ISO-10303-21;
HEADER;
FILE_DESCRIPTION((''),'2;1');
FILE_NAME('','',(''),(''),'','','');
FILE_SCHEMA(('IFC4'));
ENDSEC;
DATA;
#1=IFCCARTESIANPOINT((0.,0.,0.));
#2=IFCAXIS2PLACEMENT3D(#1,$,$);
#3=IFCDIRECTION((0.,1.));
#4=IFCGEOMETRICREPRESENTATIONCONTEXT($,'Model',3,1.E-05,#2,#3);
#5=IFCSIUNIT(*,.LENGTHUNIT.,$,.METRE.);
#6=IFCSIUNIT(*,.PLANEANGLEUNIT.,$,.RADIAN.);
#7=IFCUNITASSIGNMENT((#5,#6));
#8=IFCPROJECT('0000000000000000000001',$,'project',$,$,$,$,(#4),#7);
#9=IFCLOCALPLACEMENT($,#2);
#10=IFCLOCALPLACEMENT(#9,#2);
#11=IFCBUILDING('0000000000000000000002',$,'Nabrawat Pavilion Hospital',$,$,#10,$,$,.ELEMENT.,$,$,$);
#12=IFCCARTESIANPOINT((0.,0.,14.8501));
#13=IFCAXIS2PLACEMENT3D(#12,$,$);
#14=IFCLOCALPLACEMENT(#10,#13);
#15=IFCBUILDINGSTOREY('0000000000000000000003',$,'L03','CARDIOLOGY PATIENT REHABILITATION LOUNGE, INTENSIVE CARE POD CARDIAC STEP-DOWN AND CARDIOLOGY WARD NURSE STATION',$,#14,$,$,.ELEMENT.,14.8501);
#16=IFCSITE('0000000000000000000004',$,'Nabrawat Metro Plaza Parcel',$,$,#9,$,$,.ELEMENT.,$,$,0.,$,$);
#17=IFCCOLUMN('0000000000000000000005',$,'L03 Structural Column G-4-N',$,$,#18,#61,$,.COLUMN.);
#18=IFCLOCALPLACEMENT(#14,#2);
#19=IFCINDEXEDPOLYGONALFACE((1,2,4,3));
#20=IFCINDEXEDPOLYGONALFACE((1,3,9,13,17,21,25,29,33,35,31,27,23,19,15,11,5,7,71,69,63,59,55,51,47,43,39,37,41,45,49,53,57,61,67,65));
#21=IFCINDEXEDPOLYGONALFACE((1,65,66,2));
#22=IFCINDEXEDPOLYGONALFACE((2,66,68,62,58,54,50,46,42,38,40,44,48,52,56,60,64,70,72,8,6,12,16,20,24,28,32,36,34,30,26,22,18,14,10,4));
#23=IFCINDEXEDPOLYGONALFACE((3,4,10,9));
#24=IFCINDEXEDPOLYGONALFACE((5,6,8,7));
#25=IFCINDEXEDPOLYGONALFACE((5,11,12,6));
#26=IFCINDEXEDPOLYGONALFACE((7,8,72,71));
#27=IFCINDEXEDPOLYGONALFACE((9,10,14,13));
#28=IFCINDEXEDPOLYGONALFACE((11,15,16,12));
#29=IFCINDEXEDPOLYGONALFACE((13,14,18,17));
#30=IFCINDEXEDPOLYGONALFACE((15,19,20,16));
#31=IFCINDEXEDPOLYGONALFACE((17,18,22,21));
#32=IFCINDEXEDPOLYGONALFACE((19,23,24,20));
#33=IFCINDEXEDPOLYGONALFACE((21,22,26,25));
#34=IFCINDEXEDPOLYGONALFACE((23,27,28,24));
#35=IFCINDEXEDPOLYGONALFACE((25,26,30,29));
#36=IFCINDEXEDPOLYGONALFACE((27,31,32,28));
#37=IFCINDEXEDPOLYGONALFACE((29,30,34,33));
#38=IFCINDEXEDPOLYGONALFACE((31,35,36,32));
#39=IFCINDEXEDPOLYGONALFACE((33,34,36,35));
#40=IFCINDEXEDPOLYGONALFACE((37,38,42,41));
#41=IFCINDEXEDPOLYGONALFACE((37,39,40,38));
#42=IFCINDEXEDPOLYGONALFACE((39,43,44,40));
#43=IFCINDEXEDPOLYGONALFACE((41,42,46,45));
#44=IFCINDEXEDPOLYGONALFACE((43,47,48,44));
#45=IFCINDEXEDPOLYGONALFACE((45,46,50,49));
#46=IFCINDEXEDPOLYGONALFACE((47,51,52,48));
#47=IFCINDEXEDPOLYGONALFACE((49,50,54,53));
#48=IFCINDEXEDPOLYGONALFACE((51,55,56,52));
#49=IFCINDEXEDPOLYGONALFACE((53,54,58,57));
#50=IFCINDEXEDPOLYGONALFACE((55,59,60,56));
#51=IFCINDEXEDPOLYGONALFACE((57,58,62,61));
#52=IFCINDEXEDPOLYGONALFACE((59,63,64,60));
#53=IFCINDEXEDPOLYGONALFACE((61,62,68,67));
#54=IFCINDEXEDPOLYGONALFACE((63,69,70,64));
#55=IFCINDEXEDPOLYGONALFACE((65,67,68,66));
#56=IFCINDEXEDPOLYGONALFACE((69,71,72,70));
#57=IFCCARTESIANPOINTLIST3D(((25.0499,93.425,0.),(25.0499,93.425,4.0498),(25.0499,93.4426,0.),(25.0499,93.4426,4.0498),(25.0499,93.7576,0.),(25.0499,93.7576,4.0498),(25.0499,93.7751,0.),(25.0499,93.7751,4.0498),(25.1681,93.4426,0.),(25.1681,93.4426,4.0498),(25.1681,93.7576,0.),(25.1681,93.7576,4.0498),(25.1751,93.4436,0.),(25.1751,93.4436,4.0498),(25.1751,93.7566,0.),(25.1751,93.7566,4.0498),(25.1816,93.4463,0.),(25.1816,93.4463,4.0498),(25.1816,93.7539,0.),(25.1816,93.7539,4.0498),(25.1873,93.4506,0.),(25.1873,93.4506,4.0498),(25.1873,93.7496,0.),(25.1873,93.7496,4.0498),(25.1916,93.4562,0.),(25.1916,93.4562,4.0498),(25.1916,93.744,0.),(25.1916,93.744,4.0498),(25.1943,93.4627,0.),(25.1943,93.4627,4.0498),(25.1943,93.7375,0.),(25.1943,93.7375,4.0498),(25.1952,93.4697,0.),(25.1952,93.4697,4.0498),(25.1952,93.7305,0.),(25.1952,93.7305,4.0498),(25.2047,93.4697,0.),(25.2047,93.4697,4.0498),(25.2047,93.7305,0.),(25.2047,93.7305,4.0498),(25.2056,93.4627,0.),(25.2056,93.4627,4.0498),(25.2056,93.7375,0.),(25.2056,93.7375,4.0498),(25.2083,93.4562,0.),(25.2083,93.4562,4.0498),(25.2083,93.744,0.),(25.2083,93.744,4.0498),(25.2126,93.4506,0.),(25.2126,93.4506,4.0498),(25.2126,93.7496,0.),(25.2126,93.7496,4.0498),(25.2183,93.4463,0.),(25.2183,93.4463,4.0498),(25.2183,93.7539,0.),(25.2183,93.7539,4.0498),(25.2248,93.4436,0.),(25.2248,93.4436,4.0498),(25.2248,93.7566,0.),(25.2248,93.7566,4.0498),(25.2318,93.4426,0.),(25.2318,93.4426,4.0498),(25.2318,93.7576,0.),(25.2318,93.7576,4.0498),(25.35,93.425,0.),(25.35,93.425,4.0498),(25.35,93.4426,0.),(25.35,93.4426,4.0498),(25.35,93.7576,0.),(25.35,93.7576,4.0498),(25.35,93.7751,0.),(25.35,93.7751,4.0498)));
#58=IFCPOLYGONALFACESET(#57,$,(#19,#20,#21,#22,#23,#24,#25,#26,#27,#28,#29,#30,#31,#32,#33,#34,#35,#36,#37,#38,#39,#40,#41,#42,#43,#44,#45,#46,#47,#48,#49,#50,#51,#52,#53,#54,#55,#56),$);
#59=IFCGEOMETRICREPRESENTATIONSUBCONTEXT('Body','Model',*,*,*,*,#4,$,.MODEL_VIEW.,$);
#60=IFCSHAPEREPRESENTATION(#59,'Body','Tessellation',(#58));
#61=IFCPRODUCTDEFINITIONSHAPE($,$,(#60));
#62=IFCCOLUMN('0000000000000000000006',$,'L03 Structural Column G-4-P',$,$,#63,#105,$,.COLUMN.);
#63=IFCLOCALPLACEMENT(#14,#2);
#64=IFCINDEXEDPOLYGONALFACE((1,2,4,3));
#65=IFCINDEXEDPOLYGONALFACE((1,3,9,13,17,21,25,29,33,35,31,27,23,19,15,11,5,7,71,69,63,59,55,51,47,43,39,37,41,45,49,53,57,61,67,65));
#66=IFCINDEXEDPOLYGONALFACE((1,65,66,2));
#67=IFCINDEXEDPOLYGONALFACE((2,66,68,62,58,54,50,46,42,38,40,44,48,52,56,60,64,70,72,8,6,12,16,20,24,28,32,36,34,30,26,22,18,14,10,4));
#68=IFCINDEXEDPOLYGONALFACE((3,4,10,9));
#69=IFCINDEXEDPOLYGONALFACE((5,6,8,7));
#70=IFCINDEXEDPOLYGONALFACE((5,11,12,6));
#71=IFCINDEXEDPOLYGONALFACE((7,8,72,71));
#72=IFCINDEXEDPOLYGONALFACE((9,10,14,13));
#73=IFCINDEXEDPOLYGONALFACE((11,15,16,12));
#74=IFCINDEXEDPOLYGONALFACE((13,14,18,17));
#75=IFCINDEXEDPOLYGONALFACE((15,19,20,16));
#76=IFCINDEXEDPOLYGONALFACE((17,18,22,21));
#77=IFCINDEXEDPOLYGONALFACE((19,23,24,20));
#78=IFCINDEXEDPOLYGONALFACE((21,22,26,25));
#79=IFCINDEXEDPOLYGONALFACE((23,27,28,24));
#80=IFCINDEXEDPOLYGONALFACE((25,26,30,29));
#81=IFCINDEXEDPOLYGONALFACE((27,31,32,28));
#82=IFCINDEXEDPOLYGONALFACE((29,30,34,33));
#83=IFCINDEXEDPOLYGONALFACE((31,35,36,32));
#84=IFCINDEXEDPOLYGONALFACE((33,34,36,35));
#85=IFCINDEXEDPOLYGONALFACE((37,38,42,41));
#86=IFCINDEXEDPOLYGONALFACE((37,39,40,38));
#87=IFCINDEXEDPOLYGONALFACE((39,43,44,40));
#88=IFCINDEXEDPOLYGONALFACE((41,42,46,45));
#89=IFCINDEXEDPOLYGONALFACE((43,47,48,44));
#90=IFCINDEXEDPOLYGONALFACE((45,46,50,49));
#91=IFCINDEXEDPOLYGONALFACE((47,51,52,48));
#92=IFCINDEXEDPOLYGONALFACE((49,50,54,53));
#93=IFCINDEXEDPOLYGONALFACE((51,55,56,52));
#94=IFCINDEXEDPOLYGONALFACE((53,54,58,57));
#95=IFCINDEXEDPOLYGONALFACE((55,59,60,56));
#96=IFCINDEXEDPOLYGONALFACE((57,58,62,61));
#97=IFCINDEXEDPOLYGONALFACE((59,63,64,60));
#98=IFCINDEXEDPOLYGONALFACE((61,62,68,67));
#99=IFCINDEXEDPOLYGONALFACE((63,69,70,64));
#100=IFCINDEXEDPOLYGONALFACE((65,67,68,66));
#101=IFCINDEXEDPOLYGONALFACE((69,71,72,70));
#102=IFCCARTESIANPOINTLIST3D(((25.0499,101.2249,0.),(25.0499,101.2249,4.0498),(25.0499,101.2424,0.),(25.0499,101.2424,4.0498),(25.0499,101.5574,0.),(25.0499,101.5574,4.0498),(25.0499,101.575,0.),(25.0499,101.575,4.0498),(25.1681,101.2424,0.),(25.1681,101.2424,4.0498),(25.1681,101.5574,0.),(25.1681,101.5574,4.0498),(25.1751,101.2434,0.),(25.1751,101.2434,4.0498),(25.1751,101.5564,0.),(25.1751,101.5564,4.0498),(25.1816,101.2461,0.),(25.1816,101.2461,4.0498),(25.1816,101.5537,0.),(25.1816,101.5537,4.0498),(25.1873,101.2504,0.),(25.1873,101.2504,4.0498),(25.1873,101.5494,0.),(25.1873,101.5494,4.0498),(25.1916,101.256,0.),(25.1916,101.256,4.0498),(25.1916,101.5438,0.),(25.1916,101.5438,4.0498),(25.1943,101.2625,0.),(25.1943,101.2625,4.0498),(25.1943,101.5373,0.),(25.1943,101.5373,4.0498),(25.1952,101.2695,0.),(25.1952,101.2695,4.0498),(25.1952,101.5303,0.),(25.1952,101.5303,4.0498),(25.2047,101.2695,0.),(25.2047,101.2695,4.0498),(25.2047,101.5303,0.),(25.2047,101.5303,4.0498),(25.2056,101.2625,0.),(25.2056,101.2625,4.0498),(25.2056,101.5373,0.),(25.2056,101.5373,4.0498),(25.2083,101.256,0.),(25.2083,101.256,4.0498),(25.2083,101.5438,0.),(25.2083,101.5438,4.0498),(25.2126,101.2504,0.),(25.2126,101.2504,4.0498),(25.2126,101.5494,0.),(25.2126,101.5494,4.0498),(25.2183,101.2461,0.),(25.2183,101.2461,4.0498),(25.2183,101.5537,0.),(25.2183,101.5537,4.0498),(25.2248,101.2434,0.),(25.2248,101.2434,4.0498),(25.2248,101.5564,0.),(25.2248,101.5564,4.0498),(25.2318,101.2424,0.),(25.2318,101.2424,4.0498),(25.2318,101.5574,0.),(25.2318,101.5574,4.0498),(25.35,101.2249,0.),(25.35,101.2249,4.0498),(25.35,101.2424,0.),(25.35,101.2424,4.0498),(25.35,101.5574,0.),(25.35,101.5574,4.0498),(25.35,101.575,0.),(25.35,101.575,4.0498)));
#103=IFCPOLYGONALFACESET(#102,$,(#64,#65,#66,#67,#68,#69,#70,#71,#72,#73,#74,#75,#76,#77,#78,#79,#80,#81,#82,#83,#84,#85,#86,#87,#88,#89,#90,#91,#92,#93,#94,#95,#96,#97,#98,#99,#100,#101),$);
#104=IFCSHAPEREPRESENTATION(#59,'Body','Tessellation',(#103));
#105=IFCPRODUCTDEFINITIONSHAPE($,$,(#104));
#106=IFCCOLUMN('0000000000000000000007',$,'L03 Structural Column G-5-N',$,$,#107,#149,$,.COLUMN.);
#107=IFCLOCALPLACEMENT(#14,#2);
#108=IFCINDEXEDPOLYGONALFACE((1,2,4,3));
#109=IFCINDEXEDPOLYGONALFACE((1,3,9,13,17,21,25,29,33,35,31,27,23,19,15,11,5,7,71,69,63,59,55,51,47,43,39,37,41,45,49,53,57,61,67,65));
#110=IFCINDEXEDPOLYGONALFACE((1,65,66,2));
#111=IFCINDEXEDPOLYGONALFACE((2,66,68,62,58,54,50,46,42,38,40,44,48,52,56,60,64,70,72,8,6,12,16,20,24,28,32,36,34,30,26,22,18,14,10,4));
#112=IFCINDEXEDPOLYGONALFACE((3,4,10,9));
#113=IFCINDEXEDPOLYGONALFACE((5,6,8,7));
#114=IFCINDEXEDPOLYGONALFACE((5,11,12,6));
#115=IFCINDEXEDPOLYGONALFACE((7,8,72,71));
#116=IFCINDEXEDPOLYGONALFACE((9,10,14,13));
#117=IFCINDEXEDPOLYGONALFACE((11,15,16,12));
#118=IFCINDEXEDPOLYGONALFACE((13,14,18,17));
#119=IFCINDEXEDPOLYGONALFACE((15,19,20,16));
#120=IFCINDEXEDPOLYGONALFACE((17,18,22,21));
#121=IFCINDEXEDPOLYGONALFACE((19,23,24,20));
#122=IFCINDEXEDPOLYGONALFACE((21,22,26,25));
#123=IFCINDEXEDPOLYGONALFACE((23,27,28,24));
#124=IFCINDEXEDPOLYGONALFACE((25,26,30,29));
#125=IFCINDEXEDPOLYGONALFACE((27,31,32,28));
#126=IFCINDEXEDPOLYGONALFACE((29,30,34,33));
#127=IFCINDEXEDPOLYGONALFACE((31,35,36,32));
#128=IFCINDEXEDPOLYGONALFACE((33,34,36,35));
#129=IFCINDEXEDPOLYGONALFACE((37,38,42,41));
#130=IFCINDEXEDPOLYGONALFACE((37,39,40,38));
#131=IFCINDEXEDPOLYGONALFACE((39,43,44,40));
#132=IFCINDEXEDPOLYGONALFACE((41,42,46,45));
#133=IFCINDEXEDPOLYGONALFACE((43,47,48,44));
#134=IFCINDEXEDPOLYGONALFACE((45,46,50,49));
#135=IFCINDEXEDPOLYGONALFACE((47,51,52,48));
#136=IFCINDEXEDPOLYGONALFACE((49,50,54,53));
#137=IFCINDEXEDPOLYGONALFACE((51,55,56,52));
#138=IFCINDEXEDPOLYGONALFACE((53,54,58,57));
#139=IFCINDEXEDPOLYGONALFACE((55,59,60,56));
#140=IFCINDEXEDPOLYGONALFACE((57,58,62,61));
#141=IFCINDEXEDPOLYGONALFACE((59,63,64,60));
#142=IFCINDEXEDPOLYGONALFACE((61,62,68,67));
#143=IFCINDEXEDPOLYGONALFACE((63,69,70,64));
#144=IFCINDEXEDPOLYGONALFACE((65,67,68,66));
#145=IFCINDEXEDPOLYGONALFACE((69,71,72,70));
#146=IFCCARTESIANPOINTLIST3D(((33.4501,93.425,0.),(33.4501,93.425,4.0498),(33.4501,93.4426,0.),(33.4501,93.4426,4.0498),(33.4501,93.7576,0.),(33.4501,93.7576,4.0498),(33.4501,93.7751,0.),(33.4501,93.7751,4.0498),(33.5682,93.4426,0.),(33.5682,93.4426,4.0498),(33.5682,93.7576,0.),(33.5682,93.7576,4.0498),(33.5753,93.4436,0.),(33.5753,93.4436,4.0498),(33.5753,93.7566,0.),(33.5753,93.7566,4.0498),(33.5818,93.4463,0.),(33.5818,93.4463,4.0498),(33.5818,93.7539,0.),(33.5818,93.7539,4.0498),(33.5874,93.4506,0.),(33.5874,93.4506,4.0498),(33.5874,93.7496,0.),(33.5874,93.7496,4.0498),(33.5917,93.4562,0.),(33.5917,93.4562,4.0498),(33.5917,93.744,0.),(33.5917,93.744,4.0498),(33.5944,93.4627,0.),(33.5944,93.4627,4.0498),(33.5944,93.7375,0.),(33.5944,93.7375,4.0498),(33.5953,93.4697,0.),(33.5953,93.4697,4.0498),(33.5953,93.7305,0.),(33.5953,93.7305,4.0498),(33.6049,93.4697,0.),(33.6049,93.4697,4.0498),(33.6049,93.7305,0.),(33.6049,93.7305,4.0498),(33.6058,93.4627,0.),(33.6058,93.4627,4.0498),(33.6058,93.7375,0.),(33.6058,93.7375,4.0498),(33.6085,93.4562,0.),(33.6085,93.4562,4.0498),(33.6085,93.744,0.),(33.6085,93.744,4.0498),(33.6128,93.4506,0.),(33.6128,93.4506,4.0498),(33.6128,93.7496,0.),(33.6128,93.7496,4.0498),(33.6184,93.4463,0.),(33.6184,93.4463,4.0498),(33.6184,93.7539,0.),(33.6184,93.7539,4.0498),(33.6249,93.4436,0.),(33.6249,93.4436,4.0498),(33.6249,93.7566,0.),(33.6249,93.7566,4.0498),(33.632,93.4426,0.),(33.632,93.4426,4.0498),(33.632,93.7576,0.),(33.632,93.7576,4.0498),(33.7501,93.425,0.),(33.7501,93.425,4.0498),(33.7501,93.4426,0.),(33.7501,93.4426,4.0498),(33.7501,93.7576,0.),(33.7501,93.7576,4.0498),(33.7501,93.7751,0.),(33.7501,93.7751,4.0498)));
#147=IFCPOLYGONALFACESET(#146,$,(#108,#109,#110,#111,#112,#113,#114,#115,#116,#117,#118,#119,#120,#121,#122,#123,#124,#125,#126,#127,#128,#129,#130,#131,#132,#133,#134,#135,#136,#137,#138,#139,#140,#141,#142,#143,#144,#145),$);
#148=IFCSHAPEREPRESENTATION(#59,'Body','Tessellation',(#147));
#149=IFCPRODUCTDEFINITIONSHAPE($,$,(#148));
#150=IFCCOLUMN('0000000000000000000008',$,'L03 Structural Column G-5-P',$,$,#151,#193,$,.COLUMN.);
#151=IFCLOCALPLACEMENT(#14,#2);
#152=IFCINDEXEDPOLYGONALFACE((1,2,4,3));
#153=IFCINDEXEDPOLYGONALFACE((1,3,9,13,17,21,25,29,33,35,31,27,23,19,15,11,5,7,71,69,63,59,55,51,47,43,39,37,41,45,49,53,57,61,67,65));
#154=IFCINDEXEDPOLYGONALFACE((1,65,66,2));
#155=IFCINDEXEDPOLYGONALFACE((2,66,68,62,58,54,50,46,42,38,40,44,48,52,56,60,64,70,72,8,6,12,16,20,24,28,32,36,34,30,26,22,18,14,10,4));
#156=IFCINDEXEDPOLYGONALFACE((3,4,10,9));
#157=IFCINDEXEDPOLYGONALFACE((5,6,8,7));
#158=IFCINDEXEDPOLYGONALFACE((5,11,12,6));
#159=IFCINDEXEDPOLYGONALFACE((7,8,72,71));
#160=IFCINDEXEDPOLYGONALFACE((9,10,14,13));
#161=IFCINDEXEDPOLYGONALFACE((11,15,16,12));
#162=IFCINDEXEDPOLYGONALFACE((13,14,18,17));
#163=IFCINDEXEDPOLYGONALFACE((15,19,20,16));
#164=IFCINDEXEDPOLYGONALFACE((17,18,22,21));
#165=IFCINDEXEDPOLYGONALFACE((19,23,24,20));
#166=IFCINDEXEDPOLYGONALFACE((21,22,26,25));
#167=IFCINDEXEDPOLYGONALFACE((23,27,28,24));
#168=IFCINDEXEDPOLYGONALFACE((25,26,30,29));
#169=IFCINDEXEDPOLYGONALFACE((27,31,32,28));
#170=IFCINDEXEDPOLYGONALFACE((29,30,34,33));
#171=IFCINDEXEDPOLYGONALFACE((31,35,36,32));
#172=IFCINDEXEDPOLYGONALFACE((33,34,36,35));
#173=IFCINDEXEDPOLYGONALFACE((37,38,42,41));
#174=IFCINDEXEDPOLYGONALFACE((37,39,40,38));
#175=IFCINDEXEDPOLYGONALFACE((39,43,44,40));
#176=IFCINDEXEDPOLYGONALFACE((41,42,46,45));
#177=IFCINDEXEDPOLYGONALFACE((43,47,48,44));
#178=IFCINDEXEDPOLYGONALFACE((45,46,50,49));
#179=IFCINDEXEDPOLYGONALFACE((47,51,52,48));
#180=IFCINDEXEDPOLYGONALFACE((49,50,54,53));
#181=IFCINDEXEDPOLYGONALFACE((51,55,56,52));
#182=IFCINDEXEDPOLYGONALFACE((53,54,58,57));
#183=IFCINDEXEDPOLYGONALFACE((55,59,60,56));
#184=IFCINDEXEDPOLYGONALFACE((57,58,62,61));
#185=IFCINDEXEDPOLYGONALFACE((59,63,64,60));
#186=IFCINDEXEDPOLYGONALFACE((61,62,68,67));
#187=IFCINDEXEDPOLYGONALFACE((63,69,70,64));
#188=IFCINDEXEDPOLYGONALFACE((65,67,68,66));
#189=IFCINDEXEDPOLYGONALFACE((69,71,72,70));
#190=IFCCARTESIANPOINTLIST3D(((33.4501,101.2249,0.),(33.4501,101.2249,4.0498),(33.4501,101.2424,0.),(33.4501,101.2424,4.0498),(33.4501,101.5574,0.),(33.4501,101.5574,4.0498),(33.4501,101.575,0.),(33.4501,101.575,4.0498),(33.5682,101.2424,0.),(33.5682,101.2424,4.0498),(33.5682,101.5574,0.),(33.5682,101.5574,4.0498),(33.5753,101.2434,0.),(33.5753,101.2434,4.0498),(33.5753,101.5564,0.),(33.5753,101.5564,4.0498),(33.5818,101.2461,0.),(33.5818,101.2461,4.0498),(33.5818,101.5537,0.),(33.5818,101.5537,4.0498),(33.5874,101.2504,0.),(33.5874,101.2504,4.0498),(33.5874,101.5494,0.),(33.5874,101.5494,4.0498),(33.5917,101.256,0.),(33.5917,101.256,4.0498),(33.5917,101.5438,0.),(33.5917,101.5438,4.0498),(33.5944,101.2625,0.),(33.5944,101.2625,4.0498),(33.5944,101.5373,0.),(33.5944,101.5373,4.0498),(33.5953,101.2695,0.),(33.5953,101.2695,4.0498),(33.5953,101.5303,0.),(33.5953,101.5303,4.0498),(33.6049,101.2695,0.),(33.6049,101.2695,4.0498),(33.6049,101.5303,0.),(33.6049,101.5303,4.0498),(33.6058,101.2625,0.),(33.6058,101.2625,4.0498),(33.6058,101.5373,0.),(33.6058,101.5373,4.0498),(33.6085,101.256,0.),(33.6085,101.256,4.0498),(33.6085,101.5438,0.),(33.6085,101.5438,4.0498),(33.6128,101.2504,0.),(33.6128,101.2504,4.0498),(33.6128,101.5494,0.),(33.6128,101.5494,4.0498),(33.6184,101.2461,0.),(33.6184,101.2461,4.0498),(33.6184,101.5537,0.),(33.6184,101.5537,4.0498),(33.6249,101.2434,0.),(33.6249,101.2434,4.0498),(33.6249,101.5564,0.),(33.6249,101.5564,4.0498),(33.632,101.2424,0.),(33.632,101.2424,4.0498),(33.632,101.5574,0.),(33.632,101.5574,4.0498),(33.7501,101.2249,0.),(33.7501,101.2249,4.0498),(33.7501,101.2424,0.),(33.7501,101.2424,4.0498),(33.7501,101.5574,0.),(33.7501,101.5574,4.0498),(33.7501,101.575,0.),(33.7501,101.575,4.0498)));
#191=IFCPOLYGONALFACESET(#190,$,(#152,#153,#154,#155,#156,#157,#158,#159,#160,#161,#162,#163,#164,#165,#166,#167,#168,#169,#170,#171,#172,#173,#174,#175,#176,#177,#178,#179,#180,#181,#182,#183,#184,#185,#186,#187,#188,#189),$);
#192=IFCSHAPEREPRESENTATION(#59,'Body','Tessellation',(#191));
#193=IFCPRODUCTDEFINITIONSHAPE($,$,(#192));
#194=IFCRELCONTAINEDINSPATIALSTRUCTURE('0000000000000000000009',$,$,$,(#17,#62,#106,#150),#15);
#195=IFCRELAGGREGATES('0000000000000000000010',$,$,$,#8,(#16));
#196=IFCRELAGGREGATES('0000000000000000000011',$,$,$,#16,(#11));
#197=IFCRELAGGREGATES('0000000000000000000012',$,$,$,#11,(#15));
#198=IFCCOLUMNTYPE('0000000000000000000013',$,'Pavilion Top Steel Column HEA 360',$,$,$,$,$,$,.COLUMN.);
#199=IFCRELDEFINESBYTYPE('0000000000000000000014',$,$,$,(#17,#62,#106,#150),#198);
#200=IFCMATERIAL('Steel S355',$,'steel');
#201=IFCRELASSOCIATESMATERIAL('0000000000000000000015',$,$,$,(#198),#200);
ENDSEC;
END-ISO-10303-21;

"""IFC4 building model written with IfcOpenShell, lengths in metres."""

from ifc_helpers import new_model, si_unit, direction, frame, origin, origin_2d, place, context, subcontext, project, spatial, i_section, extrude, material, material_profile, profile_set, type_object, element, save


model = new_model("IFC4")

# Units and contexts
model_context = context("Model", 3, precision=1e-05, world=origin(), true_north=direction((0.0, 1.0)))
body_context = subcontext(model_context, "Body", "Model", "MODEL_VIEW")
ifc_project = project(units=[si_unit("LENGTHUNIT", "METRE"), si_unit("PLANEANGLEUNIT", "RADIAN")], contexts=[model_context])

# Site, building, storey
site_placement = place(None, origin())
site = spatial("IfcSite", under=ifc_project, at=site_placement, Name="Nabrawat Metro Plaza Parcel", CompositionType="ELEMENT", RefElevation=0.0)
building_placement = place(site_placement, origin())
building = spatial("IfcBuilding", under=site, at=building_placement, Name="Nabrawat Pavilion Hospital", CompositionType="ELEMENT")
storey_placement = place(building_placement, frame((0.0, 0.0, 14.8501)))
storey = spatial("IfcBuildingStorey", under=building, at=storey_placement, Name="L03", Description="CARDIOLOGY PATIENT REHABILITATION LOUNGE, INTENSIVE CARE POD CARDIAC STEP-DOWN AND CARDIOLOGY WARD NURSE STATION", CompositionType="ELEMENT", Elevation=14.8501)

# Columns
ifc_material_1 = material(Name="Steel S355", Category="steel")
ifc_material_profile_1 = material_profile(ifc_material_1, i_section(OverallWidth=0.3, OverallDepth=0.3501, WebThickness=0.0095, FlangeThickness=0.0176, FilletRadius=0.0271, at=origin_2d()), Name="HEA 360")
ifc_profile_set_1 = profile_set([ifc_material_profile_1], Name="Steel S355")
column_type = type_object("IfcColumnType", Name="Pavilion Top Steel Column HEA 360", PredefinedType="COLUMN", material=ifc_profile_set_1)
for number, where, z_axis, x_axis, name in (
    (1, (25.2, 93.6001, 0.0), (0.0, 0.0, 1.0), (1.0, 0.0, 0.0), "L03 Structural Column G-4-N"),
    (2, (25.2, 101.3999, 0.0), (0.0, 0.0, 1.0), (1.0, 0.0, 0.0), "L03 Structural Column G-4-P"),
    (3, (33.6001, 93.6001, 0.0), (0.0, 0.0, 1.0), (1.0, 0.0, 0.0), "L03 Structural Column G-5-N"),
    (4, (33.6001, 101.3999, 0.0), (0.0, 0.0, 1.0), (1.0, 0.0, 0.0), "L03 Structural Column G-5-P"),
):
    element("IfcColumn", number, at=place(storey_placement, frame(where, z_axis=z_axis, x_axis=x_axis)), inside=storey, type_object=column_type, Name=name, PredefinedType="COLUMN", context=body_context, shape_type="SweptSolid", body=[
        extrude(i_section(OverallWidth=0.3, OverallDepth=0.3501, WebThickness=0.0095, FlangeThickness=0.0176, FilletRadius=0.0271, at=origin_2d()), origin(), (0.0, 0.0, 1.0), 4.0498),
    ])

save(model, "model.ifc")
